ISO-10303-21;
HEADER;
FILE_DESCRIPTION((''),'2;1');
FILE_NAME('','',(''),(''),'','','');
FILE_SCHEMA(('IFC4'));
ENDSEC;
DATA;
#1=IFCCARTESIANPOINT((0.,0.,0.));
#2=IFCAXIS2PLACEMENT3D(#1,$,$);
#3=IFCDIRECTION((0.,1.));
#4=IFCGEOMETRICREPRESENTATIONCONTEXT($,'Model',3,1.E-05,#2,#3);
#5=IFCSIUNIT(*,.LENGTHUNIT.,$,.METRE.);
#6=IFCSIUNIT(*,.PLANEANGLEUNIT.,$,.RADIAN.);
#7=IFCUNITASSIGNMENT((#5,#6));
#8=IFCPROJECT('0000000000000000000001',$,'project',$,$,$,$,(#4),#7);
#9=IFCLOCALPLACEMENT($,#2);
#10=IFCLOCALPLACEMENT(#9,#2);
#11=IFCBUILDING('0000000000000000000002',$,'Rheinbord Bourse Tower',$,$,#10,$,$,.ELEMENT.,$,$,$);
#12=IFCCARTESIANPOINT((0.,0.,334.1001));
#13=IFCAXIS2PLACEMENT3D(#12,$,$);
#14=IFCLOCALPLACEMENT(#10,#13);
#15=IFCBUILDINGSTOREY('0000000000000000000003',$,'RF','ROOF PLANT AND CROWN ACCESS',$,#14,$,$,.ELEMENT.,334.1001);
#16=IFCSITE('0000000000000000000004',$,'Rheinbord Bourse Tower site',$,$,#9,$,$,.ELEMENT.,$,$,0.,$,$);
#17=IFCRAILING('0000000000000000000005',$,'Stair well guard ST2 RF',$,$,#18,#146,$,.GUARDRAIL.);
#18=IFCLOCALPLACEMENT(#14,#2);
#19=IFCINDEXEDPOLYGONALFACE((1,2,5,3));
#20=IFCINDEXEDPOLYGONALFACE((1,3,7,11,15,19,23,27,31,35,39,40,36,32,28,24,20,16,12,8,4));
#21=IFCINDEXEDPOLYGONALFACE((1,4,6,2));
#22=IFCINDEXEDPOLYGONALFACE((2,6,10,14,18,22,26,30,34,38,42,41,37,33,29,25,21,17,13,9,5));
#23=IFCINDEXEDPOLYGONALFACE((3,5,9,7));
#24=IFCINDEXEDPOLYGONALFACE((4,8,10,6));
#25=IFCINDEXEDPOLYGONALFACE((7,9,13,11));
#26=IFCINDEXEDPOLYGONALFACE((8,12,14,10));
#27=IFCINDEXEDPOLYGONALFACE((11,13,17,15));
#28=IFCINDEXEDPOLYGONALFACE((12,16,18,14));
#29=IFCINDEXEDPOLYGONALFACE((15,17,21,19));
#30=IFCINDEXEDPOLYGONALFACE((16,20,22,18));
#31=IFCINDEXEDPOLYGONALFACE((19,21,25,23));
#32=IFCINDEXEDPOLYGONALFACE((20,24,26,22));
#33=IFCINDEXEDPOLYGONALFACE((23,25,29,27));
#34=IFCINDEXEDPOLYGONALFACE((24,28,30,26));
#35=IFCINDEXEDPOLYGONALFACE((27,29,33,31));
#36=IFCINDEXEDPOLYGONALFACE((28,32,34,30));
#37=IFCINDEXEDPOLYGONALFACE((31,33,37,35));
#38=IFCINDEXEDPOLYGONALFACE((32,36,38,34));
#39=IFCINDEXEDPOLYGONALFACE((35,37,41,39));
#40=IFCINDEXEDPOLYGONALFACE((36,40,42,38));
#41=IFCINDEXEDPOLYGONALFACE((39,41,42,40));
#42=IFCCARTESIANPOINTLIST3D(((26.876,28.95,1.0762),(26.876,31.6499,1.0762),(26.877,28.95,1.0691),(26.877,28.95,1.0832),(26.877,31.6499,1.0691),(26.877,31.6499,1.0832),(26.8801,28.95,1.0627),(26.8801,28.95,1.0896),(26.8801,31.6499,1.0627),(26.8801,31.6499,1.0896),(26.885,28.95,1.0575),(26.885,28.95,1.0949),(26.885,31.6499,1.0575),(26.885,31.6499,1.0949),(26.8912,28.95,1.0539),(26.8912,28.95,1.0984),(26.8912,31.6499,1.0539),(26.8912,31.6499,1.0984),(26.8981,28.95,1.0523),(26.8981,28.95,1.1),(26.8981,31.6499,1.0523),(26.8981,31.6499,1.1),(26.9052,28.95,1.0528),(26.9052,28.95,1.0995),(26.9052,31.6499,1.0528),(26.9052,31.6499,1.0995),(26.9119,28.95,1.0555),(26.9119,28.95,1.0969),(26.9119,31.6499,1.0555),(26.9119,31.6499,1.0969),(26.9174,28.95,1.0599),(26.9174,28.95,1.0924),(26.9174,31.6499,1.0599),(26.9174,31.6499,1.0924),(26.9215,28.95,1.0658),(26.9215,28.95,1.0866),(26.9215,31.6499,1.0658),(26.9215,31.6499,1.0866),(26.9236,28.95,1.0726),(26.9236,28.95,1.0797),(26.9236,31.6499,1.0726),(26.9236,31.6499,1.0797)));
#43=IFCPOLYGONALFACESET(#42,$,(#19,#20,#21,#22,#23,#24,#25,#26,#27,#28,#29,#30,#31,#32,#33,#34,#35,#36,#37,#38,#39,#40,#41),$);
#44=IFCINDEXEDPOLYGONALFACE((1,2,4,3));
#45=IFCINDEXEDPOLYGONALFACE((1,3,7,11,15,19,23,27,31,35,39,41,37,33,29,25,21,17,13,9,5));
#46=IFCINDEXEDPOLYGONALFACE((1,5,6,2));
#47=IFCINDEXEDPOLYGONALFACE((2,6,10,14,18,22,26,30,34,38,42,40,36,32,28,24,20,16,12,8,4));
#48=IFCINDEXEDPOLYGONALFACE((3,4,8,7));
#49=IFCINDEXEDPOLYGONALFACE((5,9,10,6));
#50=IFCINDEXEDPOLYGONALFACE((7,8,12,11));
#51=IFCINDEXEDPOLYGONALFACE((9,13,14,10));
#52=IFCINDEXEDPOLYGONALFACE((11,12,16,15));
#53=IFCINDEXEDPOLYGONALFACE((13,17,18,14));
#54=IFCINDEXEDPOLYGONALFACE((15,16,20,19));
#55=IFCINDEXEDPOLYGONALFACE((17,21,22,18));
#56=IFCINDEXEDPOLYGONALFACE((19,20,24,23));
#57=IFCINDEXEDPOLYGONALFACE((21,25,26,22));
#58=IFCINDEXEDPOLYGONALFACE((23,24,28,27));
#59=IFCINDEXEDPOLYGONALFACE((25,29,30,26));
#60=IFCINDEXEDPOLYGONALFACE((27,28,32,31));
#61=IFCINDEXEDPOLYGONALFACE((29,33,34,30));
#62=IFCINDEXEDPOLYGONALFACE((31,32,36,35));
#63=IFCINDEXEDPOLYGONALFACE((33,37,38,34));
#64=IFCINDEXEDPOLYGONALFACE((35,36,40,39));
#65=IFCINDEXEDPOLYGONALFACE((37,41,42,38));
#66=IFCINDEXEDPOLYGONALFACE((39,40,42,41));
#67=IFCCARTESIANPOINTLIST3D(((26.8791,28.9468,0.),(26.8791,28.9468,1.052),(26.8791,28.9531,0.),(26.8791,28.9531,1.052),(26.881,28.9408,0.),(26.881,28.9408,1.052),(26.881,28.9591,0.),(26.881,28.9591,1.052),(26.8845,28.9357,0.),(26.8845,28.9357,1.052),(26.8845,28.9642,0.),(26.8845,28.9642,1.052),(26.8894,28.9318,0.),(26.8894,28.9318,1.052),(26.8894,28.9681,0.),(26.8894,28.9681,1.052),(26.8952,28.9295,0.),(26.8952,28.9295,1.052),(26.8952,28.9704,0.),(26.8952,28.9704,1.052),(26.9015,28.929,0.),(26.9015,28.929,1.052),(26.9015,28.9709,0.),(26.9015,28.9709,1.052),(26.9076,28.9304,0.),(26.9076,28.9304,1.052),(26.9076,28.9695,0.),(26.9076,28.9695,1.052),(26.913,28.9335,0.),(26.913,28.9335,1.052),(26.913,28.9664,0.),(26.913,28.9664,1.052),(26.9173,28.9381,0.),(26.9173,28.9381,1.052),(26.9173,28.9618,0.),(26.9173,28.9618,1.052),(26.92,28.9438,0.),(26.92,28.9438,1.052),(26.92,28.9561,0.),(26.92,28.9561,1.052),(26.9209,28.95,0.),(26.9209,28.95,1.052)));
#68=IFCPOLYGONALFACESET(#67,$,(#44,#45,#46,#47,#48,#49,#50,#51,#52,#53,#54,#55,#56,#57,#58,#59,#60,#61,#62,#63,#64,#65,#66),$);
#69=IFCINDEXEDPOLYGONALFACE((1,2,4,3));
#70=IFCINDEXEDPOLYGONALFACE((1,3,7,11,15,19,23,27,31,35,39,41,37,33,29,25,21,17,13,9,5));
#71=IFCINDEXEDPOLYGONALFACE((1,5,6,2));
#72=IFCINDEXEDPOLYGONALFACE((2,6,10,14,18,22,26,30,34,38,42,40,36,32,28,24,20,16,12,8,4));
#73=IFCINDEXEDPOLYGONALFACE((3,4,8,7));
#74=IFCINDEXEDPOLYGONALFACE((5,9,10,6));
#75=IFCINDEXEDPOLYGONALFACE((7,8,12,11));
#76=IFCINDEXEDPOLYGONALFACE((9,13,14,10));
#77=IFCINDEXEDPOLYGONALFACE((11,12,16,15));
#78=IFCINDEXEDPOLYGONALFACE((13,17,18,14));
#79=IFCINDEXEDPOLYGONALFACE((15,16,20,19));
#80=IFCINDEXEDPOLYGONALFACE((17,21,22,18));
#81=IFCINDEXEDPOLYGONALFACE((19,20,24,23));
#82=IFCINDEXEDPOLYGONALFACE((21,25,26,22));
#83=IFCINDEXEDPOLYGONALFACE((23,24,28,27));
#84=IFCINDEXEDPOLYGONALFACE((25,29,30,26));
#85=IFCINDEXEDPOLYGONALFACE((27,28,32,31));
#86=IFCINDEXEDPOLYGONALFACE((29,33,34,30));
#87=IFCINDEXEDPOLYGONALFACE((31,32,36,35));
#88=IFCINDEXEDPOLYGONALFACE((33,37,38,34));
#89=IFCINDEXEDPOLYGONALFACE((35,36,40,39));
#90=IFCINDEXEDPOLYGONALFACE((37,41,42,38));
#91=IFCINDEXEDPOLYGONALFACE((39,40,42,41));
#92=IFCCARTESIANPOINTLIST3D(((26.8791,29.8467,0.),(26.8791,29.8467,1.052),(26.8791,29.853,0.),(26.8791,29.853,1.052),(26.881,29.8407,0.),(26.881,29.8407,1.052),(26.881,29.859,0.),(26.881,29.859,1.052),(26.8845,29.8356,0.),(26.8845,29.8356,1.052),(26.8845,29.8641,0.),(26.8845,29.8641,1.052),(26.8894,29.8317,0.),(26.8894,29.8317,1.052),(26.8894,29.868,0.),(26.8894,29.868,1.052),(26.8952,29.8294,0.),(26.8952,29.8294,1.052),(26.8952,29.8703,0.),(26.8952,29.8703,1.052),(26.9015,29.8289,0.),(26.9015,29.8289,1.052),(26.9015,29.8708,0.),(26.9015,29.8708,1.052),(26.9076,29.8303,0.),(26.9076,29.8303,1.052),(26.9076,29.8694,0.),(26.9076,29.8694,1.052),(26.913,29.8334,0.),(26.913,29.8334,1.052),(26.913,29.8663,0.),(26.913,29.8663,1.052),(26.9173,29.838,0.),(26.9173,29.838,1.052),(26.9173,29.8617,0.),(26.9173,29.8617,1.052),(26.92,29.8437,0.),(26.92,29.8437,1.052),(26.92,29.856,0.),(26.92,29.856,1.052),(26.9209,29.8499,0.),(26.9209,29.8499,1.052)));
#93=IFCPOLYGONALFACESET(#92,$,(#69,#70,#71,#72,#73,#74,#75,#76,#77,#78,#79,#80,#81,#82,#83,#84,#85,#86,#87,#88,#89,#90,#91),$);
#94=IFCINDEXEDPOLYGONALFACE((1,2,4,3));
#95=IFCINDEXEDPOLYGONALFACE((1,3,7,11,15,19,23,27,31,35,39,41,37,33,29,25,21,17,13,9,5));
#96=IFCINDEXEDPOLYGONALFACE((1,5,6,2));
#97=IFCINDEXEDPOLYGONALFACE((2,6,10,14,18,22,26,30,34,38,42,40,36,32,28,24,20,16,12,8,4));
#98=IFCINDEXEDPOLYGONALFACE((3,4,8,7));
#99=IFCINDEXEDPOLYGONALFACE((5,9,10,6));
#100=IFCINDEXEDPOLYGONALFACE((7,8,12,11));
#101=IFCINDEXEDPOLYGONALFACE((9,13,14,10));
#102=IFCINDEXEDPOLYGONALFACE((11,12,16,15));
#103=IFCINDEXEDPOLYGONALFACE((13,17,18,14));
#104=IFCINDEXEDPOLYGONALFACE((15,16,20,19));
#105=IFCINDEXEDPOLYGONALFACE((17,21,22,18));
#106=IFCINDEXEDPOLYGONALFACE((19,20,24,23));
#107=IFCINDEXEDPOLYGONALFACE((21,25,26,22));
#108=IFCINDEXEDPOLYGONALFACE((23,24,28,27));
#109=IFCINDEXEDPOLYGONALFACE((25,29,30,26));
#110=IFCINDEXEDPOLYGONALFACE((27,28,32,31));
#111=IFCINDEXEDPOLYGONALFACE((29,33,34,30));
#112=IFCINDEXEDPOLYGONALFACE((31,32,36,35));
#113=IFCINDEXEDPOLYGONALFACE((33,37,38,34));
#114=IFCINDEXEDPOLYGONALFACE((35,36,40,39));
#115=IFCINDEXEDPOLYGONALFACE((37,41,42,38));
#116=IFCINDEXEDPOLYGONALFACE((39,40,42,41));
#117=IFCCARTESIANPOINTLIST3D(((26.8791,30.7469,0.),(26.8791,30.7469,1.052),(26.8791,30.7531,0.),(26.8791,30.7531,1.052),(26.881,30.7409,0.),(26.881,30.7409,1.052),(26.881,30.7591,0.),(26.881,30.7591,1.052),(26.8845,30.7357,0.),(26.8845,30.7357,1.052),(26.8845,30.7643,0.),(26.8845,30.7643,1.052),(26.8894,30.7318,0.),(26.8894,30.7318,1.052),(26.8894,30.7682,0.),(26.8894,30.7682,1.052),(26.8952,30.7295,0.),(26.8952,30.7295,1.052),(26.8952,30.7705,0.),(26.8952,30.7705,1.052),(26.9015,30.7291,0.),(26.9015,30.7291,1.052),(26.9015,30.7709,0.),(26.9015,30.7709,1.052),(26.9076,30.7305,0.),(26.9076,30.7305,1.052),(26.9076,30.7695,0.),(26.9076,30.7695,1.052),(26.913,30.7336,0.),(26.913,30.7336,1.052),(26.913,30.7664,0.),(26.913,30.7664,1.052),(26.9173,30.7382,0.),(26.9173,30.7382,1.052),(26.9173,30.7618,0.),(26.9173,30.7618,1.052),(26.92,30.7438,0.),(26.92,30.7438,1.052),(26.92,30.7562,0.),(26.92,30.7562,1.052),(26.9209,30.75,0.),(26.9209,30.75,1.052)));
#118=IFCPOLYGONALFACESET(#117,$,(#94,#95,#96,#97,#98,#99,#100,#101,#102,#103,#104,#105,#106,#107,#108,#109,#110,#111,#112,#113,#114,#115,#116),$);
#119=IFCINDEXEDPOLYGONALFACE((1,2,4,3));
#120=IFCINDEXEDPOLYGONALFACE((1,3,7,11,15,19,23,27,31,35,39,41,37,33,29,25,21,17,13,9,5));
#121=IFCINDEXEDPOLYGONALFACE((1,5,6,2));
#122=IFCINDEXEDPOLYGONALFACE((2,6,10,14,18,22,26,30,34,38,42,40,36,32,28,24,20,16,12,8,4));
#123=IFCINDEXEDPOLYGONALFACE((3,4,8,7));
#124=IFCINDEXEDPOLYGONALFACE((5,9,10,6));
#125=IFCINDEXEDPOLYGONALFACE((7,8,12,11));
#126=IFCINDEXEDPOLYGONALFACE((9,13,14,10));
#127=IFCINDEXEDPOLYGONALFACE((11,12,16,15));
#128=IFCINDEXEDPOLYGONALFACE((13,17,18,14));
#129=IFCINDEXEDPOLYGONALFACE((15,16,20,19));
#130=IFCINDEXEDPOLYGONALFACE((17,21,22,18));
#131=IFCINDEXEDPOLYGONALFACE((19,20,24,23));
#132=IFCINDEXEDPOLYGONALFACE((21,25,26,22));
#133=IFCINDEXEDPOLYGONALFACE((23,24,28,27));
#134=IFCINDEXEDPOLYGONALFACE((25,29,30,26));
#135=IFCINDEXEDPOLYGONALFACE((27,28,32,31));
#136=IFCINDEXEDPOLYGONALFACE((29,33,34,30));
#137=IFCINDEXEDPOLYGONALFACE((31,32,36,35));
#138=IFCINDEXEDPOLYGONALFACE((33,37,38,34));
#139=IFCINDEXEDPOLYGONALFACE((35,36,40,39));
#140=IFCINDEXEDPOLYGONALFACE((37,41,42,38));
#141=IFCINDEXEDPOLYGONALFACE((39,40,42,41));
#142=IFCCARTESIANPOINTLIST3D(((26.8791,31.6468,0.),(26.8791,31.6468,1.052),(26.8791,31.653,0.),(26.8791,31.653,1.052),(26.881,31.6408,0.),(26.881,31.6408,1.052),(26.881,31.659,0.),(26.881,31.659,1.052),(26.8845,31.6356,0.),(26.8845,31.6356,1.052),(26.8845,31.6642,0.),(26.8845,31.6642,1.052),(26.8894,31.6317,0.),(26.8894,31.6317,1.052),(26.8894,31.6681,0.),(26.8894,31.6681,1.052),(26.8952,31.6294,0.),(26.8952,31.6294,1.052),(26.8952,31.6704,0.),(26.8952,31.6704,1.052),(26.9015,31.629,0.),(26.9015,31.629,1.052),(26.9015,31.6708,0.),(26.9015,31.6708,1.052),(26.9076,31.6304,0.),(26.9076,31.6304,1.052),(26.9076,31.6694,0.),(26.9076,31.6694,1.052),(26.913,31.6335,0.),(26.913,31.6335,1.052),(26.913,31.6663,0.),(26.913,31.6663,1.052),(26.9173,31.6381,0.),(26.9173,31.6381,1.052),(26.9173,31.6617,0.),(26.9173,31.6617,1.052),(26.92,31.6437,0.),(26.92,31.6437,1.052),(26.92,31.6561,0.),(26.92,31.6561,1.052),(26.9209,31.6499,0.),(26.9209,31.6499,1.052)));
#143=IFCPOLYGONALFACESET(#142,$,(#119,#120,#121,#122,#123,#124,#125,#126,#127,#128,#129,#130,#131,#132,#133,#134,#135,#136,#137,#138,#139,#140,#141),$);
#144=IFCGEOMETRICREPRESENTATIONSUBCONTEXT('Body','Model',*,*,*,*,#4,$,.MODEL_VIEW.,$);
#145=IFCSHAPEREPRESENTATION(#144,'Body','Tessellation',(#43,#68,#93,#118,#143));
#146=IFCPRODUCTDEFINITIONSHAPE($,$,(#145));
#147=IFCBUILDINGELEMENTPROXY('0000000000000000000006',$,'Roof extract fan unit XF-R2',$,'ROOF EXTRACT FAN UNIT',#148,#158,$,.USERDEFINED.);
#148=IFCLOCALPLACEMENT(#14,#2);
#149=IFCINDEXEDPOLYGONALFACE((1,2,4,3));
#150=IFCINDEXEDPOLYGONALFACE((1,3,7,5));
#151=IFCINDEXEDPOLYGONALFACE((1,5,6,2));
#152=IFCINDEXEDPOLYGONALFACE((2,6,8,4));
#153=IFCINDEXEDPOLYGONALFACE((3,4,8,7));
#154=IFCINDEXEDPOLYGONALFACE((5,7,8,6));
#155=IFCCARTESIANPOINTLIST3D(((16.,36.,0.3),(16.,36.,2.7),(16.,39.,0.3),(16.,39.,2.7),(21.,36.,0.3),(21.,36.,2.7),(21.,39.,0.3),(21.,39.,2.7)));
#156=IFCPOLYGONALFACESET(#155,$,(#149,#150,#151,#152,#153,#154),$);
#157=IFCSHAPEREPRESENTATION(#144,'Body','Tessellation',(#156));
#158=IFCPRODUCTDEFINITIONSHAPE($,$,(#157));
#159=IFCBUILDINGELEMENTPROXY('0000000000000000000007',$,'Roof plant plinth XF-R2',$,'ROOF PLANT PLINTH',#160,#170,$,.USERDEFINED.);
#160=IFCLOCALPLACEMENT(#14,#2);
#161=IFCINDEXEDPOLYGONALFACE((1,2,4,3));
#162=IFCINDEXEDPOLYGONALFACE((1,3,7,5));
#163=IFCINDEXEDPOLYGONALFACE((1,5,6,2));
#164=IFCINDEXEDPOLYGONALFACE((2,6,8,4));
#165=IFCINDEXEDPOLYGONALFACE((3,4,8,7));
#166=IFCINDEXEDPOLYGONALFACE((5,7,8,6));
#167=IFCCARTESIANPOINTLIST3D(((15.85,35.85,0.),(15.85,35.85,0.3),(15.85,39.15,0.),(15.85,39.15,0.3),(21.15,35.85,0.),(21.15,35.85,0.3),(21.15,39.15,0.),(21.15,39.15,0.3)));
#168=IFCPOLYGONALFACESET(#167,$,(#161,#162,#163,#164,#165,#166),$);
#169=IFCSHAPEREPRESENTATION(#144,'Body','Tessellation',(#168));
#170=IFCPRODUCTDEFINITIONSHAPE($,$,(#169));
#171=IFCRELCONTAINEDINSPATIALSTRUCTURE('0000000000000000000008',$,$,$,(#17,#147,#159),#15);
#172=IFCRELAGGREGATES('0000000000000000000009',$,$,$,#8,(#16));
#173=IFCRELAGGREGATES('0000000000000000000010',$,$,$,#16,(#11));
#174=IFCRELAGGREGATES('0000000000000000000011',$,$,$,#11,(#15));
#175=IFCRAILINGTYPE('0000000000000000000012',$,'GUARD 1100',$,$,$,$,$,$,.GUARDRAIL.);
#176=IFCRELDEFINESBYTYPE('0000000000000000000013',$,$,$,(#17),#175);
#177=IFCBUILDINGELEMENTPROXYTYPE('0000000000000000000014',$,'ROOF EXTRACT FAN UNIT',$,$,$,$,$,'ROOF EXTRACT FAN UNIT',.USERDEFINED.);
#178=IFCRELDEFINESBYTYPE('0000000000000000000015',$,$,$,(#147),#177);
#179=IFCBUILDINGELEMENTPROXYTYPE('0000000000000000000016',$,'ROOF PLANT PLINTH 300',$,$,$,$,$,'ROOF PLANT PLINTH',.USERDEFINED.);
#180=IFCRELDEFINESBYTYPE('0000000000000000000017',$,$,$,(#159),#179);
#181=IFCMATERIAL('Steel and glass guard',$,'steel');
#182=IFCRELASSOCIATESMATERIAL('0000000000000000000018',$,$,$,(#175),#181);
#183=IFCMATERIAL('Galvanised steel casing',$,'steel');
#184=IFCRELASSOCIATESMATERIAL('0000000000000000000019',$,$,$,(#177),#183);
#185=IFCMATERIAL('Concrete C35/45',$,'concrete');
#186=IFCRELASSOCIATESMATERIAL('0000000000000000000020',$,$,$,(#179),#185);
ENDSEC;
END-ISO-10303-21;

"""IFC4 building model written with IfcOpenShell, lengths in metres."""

from ifc_helpers import new_model, si_unit, direction, frame, origin, origin_2d, place, context, subcontext, project, spatial, rectangle, circle, extrude, material, type_object, element, save


model = new_model("IFC4")

# Units and contexts
model_context = context("Model", 3, precision=1e-05, world=origin(), true_north=direction((0.0, 1.0)))
body_context = subcontext(model_context, "Body", "Model", "MODEL_VIEW")
ifc_project = project(units=[si_unit("LENGTHUNIT", "METRE"), si_unit("PLANEANGLEUNIT", "RADIAN")], contexts=[model_context])

# Site, building, storey
site_placement = place(None, origin())
site = spatial("IfcSite", under=ifc_project, at=site_placement, Name="Rheinbord Bourse Tower site", CompositionType="ELEMENT", RefElevation=0.0)
building_placement = place(site_placement, origin())
building = spatial("IfcBuilding", under=site, at=building_placement, Name="Rheinbord Bourse Tower", CompositionType="ELEMENT")
storey_placement = place(building_placement, frame((0.0, 0.0, 334.1001)))
storey = spatial("IfcBuildingStorey", under=building, at=storey_placement, Name="RF", Description="ROOF PLANT AND CROWN ACCESS", CompositionType="ELEMENT", Elevation=334.1001)

# Railing
ifc_material_1 = material(Name="Steel and glass guard", Category="steel")
railing_type = type_object("IfcRailingType", Name="GUARD 1100", PredefinedType="GUARDRAIL", material=ifc_material_1)
railing_placement = place(storey_placement, frame((26.8999, 28.95, 0.0)))
element("IfcRailing", 1, at=railing_placement, inside=storey, type_object=railing_type, Name="Stair well guard ST2 RF", PredefinedType="GUARDRAIL", context=body_context, shape_type="SweptSolid", body=[
    extrude(circle(Radius=0.0239, at=origin_2d()), frame((0.0, 0.0, 1.0762), z_axis=(0.0, 1.0, 0.0), x_axis=(-1.0, 0.0, 0.0)), (0.0, 0.0, 1.0), 2.7),
    extrude(circle(Radius=0.021, at=origin_2d()), origin(), (0.0, 0.0, 1.0), 1.052),
    extrude(circle(Radius=0.021, at=origin_2d()), frame((0.0, 0.8999, 0.0)), (0.0, 0.0, 1.0), 1.052),
    extrude(circle(Radius=0.021, at=origin_2d()), frame((0.0, 1.8, 0.0)), (0.0, 0.0, 1.0), 1.052),
    extrude(circle(Radius=0.021, at=origin_2d()), frame((0.0, 2.7, 0.0)), (0.0, 0.0, 1.0), 1.052),
])

# Building element proxies
ifc_material_2 = material(Name="Galvanised steel casing", Category="steel")
building_element_proxy_type_1 = type_object("IfcBuildingElementProxyType", Name="ROOF EXTRACT FAN UNIT", ElementType="ROOF EXTRACT FAN UNIT", PredefinedType="USERDEFINED", material=ifc_material_2)
proxy_1_placement = place(storey_placement, frame((18.5, 37.5, 0.3), z_axis=(0.0, 0.0, 1.0), x_axis=(1.0, 0.0, 0.0)))
element("IfcBuildingElementProxy", 2, at=proxy_1_placement, inside=storey, type_object=building_element_proxy_type_1, Name="Roof extract fan unit XF-R2", ObjectType="ROOF EXTRACT FAN UNIT", PredefinedType="USERDEFINED", context=body_context, shape_type="SweptSolid", body=[
    extrude(rectangle(XDim=5.0, YDim=3.0, at=origin_2d()), origin(), (0.0, 0.0, 1.0), 2.3999),
])
ifc_material_3 = material(Name="Concrete C35/45", Category="concrete")
building_element_proxy_type_2 = type_object("IfcBuildingElementProxyType", Name="ROOF PLANT PLINTH 300", ElementType="ROOF PLANT PLINTH", PredefinedType="USERDEFINED", material=ifc_material_3)
proxy_2_placement = place(storey_placement, frame((18.5, 37.5, 0.0), z_axis=(0.0, 0.0, 1.0), x_axis=(1.0, 0.0, 0.0)))
element("IfcBuildingElementProxy", 3, at=proxy_2_placement, inside=storey, type_object=building_element_proxy_type_2, Name="Roof plant plinth XF-R2", ObjectType="ROOF PLANT PLINTH", PredefinedType="USERDEFINED", context=body_context, shape_type="SweptSolid", body=[
    extrude(rectangle(XDim=5.3, YDim=3.3, at=origin_2d()), origin(), (0.0, 0.0, 1.0), 0.3),
])

save(model, "model.ifc")
